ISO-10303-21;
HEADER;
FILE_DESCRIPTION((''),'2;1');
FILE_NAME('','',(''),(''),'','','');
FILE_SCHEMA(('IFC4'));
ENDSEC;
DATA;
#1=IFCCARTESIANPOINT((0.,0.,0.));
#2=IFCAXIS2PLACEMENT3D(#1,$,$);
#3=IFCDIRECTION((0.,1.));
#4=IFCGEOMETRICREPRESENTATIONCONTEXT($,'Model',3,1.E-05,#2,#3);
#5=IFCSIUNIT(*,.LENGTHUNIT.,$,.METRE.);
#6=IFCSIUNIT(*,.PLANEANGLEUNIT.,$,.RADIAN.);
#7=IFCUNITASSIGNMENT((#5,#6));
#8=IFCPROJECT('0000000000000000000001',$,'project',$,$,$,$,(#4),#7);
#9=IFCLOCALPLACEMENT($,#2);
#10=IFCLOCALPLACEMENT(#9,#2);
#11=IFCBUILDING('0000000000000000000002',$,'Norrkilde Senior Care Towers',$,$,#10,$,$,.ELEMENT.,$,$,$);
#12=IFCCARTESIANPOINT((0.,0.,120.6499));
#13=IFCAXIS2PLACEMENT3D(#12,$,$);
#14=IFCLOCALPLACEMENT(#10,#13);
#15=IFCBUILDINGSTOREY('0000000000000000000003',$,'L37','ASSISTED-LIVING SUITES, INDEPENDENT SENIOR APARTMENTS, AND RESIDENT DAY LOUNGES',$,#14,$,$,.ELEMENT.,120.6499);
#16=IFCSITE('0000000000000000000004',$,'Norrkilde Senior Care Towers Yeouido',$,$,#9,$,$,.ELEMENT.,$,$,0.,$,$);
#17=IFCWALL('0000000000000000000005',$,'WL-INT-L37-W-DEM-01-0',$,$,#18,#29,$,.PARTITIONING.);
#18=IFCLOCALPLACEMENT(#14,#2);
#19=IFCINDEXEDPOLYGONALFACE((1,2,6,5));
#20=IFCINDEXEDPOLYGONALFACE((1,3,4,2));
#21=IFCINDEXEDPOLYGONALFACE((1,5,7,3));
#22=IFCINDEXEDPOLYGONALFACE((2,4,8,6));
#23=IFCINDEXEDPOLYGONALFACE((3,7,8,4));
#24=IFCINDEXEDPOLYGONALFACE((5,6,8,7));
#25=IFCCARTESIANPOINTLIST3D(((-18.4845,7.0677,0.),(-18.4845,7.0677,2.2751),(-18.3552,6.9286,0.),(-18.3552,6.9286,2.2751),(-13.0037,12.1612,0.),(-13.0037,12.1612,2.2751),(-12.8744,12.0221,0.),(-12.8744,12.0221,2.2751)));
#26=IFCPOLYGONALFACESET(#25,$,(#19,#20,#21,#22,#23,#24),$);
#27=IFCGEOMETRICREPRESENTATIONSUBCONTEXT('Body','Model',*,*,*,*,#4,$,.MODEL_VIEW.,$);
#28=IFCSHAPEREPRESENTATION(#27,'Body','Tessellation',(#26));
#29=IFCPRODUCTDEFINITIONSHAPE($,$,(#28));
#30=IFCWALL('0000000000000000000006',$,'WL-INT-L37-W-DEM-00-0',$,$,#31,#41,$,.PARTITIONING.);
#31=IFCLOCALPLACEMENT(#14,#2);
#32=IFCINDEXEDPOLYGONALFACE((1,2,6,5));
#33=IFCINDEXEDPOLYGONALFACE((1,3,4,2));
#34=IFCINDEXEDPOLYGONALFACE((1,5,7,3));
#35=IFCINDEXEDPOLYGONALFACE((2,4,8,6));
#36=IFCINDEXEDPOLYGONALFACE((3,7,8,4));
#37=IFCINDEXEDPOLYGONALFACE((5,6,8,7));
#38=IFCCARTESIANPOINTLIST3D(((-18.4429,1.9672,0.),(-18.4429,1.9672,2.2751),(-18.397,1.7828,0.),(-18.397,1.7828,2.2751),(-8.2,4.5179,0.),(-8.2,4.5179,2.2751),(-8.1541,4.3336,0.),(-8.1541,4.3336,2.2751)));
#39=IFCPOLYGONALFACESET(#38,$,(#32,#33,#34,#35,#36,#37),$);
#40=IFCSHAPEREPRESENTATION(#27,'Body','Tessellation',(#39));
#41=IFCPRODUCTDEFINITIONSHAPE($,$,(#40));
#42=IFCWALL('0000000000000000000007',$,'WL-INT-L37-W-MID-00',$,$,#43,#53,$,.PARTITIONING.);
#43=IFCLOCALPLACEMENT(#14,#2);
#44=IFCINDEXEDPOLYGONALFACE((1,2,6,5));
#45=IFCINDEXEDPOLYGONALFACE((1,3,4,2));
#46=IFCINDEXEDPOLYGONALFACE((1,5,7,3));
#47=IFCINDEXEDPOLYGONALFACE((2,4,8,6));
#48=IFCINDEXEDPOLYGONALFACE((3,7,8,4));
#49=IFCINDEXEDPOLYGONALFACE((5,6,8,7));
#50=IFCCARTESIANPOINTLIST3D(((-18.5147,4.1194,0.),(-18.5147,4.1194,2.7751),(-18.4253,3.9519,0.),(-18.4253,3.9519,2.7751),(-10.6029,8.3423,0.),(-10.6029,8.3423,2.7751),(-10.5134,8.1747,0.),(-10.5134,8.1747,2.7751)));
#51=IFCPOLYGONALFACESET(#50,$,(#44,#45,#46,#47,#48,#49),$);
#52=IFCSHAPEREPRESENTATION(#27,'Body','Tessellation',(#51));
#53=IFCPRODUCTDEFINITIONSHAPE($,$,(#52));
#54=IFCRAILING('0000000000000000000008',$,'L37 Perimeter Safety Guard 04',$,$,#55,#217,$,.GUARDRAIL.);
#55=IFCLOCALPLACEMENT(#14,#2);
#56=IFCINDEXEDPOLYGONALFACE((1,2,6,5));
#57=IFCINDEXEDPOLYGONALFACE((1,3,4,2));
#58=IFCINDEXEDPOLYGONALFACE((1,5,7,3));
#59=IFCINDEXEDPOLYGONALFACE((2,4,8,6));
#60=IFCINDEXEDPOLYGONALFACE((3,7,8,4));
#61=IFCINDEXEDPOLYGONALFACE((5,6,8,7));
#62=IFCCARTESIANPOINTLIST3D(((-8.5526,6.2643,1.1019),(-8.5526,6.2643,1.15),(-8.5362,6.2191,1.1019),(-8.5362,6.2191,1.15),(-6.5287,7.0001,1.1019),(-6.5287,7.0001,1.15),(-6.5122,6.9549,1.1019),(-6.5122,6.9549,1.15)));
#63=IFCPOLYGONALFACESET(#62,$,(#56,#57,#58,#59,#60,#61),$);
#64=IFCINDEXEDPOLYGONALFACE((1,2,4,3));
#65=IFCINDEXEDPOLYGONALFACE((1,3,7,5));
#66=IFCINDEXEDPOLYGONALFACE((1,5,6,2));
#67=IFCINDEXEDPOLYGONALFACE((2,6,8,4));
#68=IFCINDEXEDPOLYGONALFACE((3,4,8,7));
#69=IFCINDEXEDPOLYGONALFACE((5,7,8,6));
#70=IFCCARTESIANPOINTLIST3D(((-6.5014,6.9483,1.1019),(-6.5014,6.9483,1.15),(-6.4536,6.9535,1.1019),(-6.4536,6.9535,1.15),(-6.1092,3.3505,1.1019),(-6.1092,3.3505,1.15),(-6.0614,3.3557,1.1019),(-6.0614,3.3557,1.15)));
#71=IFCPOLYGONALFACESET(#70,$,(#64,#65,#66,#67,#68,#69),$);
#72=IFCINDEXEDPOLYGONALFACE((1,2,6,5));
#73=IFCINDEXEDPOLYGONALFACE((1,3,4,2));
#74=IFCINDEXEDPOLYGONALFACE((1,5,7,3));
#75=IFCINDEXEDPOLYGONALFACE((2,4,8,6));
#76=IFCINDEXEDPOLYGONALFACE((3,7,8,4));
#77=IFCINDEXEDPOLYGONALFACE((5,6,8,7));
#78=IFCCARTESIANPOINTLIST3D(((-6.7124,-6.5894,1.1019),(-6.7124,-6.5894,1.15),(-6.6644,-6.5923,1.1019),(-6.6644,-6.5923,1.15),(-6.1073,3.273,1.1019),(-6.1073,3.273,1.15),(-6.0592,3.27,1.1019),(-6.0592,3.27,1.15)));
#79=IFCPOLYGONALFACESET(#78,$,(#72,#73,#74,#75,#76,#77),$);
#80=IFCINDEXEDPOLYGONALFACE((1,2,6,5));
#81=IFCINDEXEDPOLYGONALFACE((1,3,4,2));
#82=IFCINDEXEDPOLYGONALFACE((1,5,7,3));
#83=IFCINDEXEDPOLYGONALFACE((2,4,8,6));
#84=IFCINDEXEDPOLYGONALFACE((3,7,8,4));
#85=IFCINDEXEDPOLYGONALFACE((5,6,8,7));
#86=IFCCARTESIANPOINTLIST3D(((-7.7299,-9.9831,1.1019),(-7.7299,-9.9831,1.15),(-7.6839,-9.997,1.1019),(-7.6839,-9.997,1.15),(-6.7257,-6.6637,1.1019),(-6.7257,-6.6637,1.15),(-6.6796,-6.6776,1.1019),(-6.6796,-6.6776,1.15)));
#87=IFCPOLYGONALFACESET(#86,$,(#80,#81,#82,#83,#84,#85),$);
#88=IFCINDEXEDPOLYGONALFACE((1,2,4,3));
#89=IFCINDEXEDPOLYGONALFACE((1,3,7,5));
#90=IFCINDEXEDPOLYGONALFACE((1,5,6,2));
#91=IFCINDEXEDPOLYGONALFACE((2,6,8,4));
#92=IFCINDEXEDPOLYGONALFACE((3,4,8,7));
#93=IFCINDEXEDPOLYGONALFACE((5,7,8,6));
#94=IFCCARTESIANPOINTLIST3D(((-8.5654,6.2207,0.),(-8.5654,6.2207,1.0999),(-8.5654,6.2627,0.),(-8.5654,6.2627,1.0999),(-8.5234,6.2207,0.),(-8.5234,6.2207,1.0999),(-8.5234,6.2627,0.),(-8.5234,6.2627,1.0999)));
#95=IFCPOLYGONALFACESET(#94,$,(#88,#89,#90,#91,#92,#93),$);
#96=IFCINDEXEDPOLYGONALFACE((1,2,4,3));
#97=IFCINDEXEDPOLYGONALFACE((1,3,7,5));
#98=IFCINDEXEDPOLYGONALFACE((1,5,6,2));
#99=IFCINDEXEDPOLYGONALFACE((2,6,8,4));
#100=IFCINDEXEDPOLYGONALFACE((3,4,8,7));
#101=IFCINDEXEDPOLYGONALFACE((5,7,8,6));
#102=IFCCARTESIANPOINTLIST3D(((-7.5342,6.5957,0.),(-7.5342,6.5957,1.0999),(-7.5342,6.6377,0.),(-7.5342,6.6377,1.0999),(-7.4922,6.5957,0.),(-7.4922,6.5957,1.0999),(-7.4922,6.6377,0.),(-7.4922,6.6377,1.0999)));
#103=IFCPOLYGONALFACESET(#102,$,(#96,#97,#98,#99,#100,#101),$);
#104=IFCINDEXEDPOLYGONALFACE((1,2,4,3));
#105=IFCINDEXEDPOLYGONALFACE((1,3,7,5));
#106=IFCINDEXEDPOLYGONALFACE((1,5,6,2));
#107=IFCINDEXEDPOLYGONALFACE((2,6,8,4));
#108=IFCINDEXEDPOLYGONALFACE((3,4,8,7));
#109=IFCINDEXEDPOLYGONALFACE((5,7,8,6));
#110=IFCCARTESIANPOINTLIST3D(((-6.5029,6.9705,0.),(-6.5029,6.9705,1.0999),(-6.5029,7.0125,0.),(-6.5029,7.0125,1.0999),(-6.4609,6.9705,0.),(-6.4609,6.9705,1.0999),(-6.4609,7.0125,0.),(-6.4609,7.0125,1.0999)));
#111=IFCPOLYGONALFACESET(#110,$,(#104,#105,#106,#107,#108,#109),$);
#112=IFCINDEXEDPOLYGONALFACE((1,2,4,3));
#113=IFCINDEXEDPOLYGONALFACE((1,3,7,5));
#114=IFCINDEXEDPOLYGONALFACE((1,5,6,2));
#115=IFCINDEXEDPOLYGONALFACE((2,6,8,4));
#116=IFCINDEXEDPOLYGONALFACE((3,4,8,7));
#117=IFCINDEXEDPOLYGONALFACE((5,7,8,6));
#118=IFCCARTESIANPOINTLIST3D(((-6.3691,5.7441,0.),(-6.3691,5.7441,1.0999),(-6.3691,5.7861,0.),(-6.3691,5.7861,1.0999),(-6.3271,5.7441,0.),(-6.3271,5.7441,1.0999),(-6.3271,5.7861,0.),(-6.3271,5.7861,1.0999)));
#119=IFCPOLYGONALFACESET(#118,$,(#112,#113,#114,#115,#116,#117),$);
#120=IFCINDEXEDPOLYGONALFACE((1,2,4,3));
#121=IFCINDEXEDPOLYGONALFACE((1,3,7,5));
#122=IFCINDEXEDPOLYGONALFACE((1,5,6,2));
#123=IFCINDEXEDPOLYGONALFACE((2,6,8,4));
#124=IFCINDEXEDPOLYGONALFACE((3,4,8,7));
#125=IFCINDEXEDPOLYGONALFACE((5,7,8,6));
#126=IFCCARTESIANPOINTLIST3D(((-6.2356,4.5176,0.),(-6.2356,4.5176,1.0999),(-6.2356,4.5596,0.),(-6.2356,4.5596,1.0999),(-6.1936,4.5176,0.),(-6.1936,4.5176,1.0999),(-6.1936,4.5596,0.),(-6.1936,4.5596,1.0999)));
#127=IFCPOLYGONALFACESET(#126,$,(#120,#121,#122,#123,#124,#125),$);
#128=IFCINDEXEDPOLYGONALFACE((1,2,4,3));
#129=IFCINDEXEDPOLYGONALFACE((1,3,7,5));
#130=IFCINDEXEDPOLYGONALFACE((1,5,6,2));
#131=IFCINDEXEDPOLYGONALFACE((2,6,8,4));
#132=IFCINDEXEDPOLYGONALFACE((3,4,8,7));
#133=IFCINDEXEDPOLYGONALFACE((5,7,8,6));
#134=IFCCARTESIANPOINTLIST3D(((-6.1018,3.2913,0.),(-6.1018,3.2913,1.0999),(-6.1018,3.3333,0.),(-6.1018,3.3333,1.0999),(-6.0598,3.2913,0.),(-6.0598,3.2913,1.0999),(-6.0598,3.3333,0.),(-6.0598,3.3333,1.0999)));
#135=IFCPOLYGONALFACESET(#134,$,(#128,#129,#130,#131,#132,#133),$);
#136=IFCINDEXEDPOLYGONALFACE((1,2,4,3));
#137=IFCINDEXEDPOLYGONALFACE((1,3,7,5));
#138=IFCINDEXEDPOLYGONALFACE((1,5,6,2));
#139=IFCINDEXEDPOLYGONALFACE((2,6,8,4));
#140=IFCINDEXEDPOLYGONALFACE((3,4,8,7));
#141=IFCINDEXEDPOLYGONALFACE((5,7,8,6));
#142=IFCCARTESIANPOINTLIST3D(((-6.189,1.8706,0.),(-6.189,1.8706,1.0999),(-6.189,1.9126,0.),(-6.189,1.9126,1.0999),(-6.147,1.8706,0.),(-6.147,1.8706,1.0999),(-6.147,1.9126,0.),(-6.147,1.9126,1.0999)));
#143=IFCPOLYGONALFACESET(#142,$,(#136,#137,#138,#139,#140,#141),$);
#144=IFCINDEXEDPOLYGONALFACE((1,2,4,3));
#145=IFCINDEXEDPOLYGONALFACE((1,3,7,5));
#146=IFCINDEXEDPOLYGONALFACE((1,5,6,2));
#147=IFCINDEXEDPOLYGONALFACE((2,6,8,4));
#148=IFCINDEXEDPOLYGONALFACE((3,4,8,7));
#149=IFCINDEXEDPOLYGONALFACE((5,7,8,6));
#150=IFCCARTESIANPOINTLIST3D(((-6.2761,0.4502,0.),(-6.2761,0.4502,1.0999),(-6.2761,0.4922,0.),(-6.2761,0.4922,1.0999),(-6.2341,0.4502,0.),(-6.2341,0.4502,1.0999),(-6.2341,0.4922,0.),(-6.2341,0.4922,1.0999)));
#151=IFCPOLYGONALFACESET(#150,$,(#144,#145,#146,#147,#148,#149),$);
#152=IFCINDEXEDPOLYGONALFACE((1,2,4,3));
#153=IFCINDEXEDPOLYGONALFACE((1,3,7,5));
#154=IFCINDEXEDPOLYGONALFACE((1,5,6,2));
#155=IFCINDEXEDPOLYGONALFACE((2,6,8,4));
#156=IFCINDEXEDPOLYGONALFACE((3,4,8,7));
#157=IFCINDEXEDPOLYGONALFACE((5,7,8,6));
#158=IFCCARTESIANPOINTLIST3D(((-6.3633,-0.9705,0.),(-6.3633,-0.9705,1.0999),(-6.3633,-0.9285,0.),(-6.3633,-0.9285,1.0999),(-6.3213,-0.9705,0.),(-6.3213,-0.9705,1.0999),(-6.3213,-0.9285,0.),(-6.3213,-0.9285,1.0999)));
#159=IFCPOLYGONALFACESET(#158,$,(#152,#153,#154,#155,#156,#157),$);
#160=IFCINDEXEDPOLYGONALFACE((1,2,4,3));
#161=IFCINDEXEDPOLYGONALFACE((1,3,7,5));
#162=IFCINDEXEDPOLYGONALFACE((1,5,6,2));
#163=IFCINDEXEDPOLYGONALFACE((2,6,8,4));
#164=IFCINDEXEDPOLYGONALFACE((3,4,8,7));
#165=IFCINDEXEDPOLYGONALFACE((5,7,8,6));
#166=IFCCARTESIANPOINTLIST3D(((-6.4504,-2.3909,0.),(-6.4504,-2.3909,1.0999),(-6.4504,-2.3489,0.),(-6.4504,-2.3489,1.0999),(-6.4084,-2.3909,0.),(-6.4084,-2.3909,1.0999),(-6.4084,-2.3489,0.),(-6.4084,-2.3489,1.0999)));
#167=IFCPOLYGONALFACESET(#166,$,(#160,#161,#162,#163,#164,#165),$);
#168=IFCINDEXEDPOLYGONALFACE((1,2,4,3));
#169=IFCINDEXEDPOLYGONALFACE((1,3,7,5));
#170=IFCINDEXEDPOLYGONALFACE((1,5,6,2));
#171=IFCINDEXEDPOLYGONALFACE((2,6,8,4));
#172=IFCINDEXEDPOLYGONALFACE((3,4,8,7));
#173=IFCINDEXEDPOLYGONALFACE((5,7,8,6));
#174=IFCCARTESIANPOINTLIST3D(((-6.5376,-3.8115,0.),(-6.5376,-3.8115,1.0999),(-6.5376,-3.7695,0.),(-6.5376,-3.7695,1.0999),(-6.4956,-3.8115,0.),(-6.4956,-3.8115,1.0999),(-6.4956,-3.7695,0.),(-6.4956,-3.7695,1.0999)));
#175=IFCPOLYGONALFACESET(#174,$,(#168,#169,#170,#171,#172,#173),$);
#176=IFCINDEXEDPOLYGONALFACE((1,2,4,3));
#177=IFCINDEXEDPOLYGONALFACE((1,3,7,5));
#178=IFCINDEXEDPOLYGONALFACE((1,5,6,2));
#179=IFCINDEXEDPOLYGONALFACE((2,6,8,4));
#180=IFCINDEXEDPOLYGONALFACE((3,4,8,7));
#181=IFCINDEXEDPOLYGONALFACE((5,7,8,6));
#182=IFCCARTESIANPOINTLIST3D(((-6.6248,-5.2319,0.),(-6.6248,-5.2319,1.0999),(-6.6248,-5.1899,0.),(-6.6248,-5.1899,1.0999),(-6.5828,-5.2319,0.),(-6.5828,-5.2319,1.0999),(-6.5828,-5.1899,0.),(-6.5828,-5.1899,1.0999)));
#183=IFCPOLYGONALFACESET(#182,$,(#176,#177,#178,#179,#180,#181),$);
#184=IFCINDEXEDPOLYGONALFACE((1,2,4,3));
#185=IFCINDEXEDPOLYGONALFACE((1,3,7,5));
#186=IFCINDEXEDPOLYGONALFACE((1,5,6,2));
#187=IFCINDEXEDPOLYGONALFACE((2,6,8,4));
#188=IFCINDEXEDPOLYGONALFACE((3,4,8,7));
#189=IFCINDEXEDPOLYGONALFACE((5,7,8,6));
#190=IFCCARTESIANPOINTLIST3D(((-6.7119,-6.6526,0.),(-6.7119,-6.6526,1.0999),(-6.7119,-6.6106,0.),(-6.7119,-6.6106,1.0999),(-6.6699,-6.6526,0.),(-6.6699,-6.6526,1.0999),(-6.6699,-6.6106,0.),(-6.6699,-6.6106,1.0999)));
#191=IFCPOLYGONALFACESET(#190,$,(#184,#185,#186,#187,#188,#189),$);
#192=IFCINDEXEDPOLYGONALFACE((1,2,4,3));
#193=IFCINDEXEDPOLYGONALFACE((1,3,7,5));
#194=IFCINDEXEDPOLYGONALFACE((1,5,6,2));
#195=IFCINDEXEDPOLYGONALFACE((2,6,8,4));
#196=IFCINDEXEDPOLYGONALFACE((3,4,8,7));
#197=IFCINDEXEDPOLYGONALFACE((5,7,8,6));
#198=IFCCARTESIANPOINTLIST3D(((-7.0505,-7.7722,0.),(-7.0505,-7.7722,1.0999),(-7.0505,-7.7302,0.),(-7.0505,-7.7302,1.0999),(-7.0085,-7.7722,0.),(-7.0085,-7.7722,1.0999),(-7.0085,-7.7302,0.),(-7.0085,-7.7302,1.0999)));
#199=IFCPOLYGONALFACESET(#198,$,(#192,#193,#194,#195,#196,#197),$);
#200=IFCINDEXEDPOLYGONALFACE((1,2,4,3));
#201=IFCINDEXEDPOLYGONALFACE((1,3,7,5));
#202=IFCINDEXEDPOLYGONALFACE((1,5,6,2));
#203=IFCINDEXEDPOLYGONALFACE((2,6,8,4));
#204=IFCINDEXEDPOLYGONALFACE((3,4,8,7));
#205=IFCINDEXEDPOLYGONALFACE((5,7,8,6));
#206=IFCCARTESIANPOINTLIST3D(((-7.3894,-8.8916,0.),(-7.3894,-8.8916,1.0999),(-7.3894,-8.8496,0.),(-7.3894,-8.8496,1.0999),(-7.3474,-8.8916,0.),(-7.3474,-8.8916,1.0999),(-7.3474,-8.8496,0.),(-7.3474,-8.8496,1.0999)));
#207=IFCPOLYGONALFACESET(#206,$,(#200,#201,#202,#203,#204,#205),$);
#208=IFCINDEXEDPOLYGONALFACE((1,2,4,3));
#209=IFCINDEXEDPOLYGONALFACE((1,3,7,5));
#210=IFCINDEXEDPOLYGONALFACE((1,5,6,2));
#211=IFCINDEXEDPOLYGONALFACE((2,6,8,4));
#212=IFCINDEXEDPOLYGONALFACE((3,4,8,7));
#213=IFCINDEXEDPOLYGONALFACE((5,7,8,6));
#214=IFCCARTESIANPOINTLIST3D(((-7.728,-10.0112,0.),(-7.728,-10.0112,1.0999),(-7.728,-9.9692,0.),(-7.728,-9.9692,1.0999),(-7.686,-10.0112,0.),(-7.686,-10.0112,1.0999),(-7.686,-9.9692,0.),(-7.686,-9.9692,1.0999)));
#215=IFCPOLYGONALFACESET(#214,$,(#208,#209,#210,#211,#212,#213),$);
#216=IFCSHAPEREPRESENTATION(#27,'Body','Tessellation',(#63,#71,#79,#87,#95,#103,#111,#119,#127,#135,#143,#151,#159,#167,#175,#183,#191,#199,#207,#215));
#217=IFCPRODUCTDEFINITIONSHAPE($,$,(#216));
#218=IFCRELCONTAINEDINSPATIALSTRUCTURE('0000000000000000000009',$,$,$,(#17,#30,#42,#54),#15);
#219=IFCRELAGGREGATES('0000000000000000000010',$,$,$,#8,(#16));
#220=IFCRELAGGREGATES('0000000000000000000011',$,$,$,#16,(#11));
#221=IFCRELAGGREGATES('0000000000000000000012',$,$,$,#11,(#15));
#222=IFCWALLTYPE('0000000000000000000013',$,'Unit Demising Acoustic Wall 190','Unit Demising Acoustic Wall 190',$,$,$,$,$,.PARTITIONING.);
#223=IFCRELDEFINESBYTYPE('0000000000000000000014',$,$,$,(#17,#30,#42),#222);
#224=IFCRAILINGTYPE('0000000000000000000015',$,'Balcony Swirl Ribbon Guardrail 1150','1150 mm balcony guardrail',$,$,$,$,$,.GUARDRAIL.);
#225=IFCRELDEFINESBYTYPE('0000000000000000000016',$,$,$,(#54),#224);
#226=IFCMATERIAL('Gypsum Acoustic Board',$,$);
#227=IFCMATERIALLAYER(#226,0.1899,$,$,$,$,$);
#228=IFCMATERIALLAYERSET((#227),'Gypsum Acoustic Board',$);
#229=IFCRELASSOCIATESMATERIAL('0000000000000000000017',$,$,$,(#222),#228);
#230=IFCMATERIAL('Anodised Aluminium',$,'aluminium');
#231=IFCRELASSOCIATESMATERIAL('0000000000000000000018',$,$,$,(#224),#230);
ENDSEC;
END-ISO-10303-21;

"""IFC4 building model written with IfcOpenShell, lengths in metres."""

from ifc_helpers import new_model, si_unit, direction, frame, frame_2d, origin, origin_2d, place, context, subcontext, project, spatial, rectangle, extrude, source, transform, mapped, material, layer, layer_set, type_object, type_shapes, element, save


model = new_model("IFC4")

# Units and contexts
model_context = context("Model", 3, precision=1e-05, world=origin(), true_north=direction((0.0, 1.0)))
body_context = subcontext(model_context, "Body", "Model", "MODEL_VIEW")
ifc_project = project(units=[si_unit("LENGTHUNIT", "METRE"), si_unit("PLANEANGLEUNIT", "RADIAN")], contexts=[model_context])

# Site, building, storey
site_placement = place(None, origin())
site = spatial("IfcSite", under=ifc_project, at=site_placement, Name="Norrkilde Senior Care Towers Yeouido", CompositionType="ELEMENT", RefElevation=0.0)
building_placement = place(site_placement, origin())
building = spatial("IfcBuilding", under=site, at=building_placement, Name="Norrkilde Senior Care Towers", CompositionType="ELEMENT")
storey_placement = place(building_placement, frame((0.0, 0.0, 120.6499)))
storey = spatial("IfcBuildingStorey", under=building, at=storey_placement, Name="L37", Description="ASSISTED-LIVING SUITES, INDEPENDENT SENIOR APARTMENTS, AND RESIDENT DAY LOUNGES", CompositionType="ELEMENT", Elevation=120.6499)

# Shared definitions
ifc_material_1 = material(Name="Anodised Aluminium", Category="aluminium")

# Shared definitions
ifc_material_2 = material(Name="Gypsum Acoustic Board")

# Walls
ifc_layer_1 = layer(ifc_material_2, 0.1899)
ifc_layer_set_1 = layer_set([ifc_layer_1], Name="Gypsum Acoustic Board")
wall_type_1 = type_object("IfcWallType", Name="Unit Demising Acoustic Wall 190", Description="Unit Demising Acoustic Wall 190", PredefinedType="PARTITIONING", material=ifc_layer_set_1)
shared_shape_1 = source(origin(), body_context, "Body", "SweptSolid", [
    extrude(rectangle(XDim=7.4822, YDim=0.1899, at=frame_2d((3.7412, 0.0))), origin(), (0.0, 0.0, 1.0), 2.2751),
])
wall_1_placement = place(storey_placement, frame((-18.4199, 6.998, 0.0), z_axis=(0.0, 0.0, 1.0), x_axis=(0.732509, 0.680758, 0.0)))
element("IfcWall", 1, at=wall_1_placement, inside=storey, type_object=wall_type_1, Name="WL-INT-L37-W-DEM-01-0", PredefinedType="PARTITIONING", context=body_context, shape_type="MappedRepresentation", body=[
    mapped(shared_shape_1, transform((0.0, 0.0, 0.0), x_axis=(1.0, 0.0, 0.0), y_axis=(0.0, 1.0, 0.0), z_axis=(0.0, 0.0, 1.0), scale=1.0)),
])
shared_shape_2 = source(origin(), body_context, "Body", "SweptSolid", [
    extrude(rectangle(XDim=10.5557, YDim=0.1899, at=frame_2d((5.2778, 0.0))), origin(), (0.0, 0.0, 1.0), 2.2751),
])
wall_2_placement = place(storey_placement, frame((-18.4199, 1.875, 0.0), z_axis=(0.0, 0.0, 1.0), x_axis=(0.970364, 0.241648, 0.0)))
element("IfcWall", 2, at=wall_2_placement, inside=storey, type_object=wall_type_1, Name="WL-INT-L37-W-DEM-00-0", PredefinedType="PARTITIONING", context=body_context, shape_type="MappedRepresentation", body=[
    mapped(shared_shape_2, transform((0.0, 0.0, 0.0), x_axis=(1.0, 0.0, 0.0), y_axis=(0.0, 1.0, 0.0), z_axis=(0.0, 0.0, 1.0), scale=1.0)),
])
shared_shape_3 = source(origin(), body_context, "Body", "SweptSolid", [
    extrude(rectangle(XDim=8.9683, YDim=0.1899, at=frame_2d((4.4841, 0.0))), origin(), (0.0, 0.0, 1.0), 2.7751),
])
type_shapes(wall_type_1, [shared_shape_1, shared_shape_2, shared_shape_3])
wall_3_placement = place(storey_placement, frame((-18.47, 4.0356, 0.0), z_axis=(0.0, 0.0, 1.0), x_axis=(0.882203, 0.470869, 0.0)))
element("IfcWall", 3, at=wall_3_placement, inside=storey, type_object=wall_type_1, Name="WL-INT-L37-W-MID-00", PredefinedType="PARTITIONING", context=body_context, shape_type="MappedRepresentation", body=[
    mapped(shared_shape_3, transform((0.0, 0.0, 0.0), x_axis=(1.0, 0.0, 0.0), y_axis=(0.0, 1.0, 0.0), z_axis=(0.0, 0.0, 1.0), scale=1.0)),
])

# Railing
railing_type = type_object("IfcRailingType", Name="Balcony Swirl Ribbon Guardrail 1150", Description="1150 mm balcony guardrail", PredefinedType="GUARDRAIL", material=ifc_material_1)
railing_placement = place(storey_placement, frame((-8.5444, 6.2417, 0.0)))
element("IfcRailing", 4, at=railing_placement, inside=storey, type_object=railing_type, Name="L37 Perimeter Safety Guard 04", PredefinedType="GUARDRAIL", context=body_context, shape_type="SweptSolid", body=[
    extrude(rectangle(XDim=0.0481, YDim=0.0481, at=origin_2d()), frame((0.0, 0.0, 1.126), z_axis=(0.939829, 0.341645, 0.0), x_axis=(-0.341645, 0.939829, 0.0)), (0.0, 0.0, 1.0), 2.1536),
    extrude(rectangle(XDim=0.0481, YDim=0.0481, at=origin_2d()), frame((2.0669, 0.7092, 1.126), z_axis=(0.108382, -0.994109, 0.0), x_axis=(0.994109, 0.108382, 0.0)), (0.0, 0.0, 1.0), 3.6191),
    extrude(rectangle(XDim=0.0481, YDim=0.0481, at=origin_2d()), frame((2.4612, -2.9702, 1.126), z_axis=(-0.06124, -0.998123, 0.0), x_axis=(0.998123, -0.06124, 0.0)), (0.0, 0.0, 1.0), 9.8809),
    extrude(rectangle(XDim=0.0481, YDim=0.0481, at=origin_2d()), frame((1.8418, -12.9124, 1.126), z_axis=(-0.289575, -0.957155, 0.0), x_axis=(0.957155, -0.289575, 0.0)), (0.0, 0.0, 1.0), 3.468),
    extrude(rectangle(XDim=0.042, YDim=0.042, at=origin_2d()), origin(), (0.0, 0.0, 1.0), 1.0999),
    extrude(rectangle(XDim=0.042, YDim=0.042, at=origin_2d()), frame((1.0312, 0.375, 0.0)), (0.0, 0.0, 1.0), 1.0999),
    extrude(rectangle(XDim=0.042, YDim=0.042, at=origin_2d()), frame((2.0625, 0.7498, 0.0)), (0.0, 0.0, 1.0), 1.0999),
    extrude(rectangle(XDim=0.042, YDim=0.042, at=origin_2d()), frame((2.1963, -0.4766, 0.0)), (0.0, 0.0, 1.0), 1.0999),
    extrude(rectangle(XDim=0.042, YDim=0.042, at=origin_2d()), frame((2.3298, -1.7031, 0.0)), (0.0, 0.0, 1.0), 1.0999),
    extrude(rectangle(XDim=0.042, YDim=0.042, at=origin_2d()), frame((2.4636, -2.9294, 0.0)), (0.0, 0.0, 1.0), 1.0999),
    extrude(rectangle(XDim=0.042, YDim=0.042, at=origin_2d()), frame((2.3765, -4.3501, 0.0)), (0.0, 0.0, 1.0), 1.0999),
    extrude(rectangle(XDim=0.042, YDim=0.042, at=origin_2d()), frame((2.2893, -5.7705, 0.0)), (0.0, 0.0, 1.0), 1.0999),
    extrude(rectangle(XDim=0.042, YDim=0.042, at=origin_2d()), frame((2.2021, -7.1912, 0.0)), (0.0, 0.0, 1.0), 1.0999),
    extrude(rectangle(XDim=0.042, YDim=0.042, at=origin_2d()), frame((2.115, -8.6116, 0.0)), (0.0, 0.0, 1.0), 1.0999),
    extrude(rectangle(XDim=0.042, YDim=0.042, at=origin_2d()), frame((2.0278, -10.0322, 0.0)), (0.0, 0.0, 1.0), 1.0999),
    extrude(rectangle(XDim=0.042, YDim=0.042, at=origin_2d()), frame((1.9407, -11.4526, 0.0)), (0.0, 0.0, 1.0), 1.0999),
    extrude(rectangle(XDim=0.042, YDim=0.042, at=origin_2d()), frame((1.8535, -12.8733, 0.0)), (0.0, 0.0, 1.0), 1.0999),
    extrude(rectangle(XDim=0.042, YDim=0.042, at=origin_2d()), frame((1.5149, -13.9929, 0.0)), (0.0, 0.0, 1.0), 1.0999),
    extrude(rectangle(XDim=0.042, YDim=0.042, at=origin_2d()), frame((1.176, -15.1123, 0.0)), (0.0, 0.0, 1.0), 1.0999),
    extrude(rectangle(XDim=0.042, YDim=0.042, at=origin_2d()), frame((0.8374, -16.2319, 0.0)), (0.0, 0.0, 1.0), 1.0999),
])

save(model, "model.ifc")
